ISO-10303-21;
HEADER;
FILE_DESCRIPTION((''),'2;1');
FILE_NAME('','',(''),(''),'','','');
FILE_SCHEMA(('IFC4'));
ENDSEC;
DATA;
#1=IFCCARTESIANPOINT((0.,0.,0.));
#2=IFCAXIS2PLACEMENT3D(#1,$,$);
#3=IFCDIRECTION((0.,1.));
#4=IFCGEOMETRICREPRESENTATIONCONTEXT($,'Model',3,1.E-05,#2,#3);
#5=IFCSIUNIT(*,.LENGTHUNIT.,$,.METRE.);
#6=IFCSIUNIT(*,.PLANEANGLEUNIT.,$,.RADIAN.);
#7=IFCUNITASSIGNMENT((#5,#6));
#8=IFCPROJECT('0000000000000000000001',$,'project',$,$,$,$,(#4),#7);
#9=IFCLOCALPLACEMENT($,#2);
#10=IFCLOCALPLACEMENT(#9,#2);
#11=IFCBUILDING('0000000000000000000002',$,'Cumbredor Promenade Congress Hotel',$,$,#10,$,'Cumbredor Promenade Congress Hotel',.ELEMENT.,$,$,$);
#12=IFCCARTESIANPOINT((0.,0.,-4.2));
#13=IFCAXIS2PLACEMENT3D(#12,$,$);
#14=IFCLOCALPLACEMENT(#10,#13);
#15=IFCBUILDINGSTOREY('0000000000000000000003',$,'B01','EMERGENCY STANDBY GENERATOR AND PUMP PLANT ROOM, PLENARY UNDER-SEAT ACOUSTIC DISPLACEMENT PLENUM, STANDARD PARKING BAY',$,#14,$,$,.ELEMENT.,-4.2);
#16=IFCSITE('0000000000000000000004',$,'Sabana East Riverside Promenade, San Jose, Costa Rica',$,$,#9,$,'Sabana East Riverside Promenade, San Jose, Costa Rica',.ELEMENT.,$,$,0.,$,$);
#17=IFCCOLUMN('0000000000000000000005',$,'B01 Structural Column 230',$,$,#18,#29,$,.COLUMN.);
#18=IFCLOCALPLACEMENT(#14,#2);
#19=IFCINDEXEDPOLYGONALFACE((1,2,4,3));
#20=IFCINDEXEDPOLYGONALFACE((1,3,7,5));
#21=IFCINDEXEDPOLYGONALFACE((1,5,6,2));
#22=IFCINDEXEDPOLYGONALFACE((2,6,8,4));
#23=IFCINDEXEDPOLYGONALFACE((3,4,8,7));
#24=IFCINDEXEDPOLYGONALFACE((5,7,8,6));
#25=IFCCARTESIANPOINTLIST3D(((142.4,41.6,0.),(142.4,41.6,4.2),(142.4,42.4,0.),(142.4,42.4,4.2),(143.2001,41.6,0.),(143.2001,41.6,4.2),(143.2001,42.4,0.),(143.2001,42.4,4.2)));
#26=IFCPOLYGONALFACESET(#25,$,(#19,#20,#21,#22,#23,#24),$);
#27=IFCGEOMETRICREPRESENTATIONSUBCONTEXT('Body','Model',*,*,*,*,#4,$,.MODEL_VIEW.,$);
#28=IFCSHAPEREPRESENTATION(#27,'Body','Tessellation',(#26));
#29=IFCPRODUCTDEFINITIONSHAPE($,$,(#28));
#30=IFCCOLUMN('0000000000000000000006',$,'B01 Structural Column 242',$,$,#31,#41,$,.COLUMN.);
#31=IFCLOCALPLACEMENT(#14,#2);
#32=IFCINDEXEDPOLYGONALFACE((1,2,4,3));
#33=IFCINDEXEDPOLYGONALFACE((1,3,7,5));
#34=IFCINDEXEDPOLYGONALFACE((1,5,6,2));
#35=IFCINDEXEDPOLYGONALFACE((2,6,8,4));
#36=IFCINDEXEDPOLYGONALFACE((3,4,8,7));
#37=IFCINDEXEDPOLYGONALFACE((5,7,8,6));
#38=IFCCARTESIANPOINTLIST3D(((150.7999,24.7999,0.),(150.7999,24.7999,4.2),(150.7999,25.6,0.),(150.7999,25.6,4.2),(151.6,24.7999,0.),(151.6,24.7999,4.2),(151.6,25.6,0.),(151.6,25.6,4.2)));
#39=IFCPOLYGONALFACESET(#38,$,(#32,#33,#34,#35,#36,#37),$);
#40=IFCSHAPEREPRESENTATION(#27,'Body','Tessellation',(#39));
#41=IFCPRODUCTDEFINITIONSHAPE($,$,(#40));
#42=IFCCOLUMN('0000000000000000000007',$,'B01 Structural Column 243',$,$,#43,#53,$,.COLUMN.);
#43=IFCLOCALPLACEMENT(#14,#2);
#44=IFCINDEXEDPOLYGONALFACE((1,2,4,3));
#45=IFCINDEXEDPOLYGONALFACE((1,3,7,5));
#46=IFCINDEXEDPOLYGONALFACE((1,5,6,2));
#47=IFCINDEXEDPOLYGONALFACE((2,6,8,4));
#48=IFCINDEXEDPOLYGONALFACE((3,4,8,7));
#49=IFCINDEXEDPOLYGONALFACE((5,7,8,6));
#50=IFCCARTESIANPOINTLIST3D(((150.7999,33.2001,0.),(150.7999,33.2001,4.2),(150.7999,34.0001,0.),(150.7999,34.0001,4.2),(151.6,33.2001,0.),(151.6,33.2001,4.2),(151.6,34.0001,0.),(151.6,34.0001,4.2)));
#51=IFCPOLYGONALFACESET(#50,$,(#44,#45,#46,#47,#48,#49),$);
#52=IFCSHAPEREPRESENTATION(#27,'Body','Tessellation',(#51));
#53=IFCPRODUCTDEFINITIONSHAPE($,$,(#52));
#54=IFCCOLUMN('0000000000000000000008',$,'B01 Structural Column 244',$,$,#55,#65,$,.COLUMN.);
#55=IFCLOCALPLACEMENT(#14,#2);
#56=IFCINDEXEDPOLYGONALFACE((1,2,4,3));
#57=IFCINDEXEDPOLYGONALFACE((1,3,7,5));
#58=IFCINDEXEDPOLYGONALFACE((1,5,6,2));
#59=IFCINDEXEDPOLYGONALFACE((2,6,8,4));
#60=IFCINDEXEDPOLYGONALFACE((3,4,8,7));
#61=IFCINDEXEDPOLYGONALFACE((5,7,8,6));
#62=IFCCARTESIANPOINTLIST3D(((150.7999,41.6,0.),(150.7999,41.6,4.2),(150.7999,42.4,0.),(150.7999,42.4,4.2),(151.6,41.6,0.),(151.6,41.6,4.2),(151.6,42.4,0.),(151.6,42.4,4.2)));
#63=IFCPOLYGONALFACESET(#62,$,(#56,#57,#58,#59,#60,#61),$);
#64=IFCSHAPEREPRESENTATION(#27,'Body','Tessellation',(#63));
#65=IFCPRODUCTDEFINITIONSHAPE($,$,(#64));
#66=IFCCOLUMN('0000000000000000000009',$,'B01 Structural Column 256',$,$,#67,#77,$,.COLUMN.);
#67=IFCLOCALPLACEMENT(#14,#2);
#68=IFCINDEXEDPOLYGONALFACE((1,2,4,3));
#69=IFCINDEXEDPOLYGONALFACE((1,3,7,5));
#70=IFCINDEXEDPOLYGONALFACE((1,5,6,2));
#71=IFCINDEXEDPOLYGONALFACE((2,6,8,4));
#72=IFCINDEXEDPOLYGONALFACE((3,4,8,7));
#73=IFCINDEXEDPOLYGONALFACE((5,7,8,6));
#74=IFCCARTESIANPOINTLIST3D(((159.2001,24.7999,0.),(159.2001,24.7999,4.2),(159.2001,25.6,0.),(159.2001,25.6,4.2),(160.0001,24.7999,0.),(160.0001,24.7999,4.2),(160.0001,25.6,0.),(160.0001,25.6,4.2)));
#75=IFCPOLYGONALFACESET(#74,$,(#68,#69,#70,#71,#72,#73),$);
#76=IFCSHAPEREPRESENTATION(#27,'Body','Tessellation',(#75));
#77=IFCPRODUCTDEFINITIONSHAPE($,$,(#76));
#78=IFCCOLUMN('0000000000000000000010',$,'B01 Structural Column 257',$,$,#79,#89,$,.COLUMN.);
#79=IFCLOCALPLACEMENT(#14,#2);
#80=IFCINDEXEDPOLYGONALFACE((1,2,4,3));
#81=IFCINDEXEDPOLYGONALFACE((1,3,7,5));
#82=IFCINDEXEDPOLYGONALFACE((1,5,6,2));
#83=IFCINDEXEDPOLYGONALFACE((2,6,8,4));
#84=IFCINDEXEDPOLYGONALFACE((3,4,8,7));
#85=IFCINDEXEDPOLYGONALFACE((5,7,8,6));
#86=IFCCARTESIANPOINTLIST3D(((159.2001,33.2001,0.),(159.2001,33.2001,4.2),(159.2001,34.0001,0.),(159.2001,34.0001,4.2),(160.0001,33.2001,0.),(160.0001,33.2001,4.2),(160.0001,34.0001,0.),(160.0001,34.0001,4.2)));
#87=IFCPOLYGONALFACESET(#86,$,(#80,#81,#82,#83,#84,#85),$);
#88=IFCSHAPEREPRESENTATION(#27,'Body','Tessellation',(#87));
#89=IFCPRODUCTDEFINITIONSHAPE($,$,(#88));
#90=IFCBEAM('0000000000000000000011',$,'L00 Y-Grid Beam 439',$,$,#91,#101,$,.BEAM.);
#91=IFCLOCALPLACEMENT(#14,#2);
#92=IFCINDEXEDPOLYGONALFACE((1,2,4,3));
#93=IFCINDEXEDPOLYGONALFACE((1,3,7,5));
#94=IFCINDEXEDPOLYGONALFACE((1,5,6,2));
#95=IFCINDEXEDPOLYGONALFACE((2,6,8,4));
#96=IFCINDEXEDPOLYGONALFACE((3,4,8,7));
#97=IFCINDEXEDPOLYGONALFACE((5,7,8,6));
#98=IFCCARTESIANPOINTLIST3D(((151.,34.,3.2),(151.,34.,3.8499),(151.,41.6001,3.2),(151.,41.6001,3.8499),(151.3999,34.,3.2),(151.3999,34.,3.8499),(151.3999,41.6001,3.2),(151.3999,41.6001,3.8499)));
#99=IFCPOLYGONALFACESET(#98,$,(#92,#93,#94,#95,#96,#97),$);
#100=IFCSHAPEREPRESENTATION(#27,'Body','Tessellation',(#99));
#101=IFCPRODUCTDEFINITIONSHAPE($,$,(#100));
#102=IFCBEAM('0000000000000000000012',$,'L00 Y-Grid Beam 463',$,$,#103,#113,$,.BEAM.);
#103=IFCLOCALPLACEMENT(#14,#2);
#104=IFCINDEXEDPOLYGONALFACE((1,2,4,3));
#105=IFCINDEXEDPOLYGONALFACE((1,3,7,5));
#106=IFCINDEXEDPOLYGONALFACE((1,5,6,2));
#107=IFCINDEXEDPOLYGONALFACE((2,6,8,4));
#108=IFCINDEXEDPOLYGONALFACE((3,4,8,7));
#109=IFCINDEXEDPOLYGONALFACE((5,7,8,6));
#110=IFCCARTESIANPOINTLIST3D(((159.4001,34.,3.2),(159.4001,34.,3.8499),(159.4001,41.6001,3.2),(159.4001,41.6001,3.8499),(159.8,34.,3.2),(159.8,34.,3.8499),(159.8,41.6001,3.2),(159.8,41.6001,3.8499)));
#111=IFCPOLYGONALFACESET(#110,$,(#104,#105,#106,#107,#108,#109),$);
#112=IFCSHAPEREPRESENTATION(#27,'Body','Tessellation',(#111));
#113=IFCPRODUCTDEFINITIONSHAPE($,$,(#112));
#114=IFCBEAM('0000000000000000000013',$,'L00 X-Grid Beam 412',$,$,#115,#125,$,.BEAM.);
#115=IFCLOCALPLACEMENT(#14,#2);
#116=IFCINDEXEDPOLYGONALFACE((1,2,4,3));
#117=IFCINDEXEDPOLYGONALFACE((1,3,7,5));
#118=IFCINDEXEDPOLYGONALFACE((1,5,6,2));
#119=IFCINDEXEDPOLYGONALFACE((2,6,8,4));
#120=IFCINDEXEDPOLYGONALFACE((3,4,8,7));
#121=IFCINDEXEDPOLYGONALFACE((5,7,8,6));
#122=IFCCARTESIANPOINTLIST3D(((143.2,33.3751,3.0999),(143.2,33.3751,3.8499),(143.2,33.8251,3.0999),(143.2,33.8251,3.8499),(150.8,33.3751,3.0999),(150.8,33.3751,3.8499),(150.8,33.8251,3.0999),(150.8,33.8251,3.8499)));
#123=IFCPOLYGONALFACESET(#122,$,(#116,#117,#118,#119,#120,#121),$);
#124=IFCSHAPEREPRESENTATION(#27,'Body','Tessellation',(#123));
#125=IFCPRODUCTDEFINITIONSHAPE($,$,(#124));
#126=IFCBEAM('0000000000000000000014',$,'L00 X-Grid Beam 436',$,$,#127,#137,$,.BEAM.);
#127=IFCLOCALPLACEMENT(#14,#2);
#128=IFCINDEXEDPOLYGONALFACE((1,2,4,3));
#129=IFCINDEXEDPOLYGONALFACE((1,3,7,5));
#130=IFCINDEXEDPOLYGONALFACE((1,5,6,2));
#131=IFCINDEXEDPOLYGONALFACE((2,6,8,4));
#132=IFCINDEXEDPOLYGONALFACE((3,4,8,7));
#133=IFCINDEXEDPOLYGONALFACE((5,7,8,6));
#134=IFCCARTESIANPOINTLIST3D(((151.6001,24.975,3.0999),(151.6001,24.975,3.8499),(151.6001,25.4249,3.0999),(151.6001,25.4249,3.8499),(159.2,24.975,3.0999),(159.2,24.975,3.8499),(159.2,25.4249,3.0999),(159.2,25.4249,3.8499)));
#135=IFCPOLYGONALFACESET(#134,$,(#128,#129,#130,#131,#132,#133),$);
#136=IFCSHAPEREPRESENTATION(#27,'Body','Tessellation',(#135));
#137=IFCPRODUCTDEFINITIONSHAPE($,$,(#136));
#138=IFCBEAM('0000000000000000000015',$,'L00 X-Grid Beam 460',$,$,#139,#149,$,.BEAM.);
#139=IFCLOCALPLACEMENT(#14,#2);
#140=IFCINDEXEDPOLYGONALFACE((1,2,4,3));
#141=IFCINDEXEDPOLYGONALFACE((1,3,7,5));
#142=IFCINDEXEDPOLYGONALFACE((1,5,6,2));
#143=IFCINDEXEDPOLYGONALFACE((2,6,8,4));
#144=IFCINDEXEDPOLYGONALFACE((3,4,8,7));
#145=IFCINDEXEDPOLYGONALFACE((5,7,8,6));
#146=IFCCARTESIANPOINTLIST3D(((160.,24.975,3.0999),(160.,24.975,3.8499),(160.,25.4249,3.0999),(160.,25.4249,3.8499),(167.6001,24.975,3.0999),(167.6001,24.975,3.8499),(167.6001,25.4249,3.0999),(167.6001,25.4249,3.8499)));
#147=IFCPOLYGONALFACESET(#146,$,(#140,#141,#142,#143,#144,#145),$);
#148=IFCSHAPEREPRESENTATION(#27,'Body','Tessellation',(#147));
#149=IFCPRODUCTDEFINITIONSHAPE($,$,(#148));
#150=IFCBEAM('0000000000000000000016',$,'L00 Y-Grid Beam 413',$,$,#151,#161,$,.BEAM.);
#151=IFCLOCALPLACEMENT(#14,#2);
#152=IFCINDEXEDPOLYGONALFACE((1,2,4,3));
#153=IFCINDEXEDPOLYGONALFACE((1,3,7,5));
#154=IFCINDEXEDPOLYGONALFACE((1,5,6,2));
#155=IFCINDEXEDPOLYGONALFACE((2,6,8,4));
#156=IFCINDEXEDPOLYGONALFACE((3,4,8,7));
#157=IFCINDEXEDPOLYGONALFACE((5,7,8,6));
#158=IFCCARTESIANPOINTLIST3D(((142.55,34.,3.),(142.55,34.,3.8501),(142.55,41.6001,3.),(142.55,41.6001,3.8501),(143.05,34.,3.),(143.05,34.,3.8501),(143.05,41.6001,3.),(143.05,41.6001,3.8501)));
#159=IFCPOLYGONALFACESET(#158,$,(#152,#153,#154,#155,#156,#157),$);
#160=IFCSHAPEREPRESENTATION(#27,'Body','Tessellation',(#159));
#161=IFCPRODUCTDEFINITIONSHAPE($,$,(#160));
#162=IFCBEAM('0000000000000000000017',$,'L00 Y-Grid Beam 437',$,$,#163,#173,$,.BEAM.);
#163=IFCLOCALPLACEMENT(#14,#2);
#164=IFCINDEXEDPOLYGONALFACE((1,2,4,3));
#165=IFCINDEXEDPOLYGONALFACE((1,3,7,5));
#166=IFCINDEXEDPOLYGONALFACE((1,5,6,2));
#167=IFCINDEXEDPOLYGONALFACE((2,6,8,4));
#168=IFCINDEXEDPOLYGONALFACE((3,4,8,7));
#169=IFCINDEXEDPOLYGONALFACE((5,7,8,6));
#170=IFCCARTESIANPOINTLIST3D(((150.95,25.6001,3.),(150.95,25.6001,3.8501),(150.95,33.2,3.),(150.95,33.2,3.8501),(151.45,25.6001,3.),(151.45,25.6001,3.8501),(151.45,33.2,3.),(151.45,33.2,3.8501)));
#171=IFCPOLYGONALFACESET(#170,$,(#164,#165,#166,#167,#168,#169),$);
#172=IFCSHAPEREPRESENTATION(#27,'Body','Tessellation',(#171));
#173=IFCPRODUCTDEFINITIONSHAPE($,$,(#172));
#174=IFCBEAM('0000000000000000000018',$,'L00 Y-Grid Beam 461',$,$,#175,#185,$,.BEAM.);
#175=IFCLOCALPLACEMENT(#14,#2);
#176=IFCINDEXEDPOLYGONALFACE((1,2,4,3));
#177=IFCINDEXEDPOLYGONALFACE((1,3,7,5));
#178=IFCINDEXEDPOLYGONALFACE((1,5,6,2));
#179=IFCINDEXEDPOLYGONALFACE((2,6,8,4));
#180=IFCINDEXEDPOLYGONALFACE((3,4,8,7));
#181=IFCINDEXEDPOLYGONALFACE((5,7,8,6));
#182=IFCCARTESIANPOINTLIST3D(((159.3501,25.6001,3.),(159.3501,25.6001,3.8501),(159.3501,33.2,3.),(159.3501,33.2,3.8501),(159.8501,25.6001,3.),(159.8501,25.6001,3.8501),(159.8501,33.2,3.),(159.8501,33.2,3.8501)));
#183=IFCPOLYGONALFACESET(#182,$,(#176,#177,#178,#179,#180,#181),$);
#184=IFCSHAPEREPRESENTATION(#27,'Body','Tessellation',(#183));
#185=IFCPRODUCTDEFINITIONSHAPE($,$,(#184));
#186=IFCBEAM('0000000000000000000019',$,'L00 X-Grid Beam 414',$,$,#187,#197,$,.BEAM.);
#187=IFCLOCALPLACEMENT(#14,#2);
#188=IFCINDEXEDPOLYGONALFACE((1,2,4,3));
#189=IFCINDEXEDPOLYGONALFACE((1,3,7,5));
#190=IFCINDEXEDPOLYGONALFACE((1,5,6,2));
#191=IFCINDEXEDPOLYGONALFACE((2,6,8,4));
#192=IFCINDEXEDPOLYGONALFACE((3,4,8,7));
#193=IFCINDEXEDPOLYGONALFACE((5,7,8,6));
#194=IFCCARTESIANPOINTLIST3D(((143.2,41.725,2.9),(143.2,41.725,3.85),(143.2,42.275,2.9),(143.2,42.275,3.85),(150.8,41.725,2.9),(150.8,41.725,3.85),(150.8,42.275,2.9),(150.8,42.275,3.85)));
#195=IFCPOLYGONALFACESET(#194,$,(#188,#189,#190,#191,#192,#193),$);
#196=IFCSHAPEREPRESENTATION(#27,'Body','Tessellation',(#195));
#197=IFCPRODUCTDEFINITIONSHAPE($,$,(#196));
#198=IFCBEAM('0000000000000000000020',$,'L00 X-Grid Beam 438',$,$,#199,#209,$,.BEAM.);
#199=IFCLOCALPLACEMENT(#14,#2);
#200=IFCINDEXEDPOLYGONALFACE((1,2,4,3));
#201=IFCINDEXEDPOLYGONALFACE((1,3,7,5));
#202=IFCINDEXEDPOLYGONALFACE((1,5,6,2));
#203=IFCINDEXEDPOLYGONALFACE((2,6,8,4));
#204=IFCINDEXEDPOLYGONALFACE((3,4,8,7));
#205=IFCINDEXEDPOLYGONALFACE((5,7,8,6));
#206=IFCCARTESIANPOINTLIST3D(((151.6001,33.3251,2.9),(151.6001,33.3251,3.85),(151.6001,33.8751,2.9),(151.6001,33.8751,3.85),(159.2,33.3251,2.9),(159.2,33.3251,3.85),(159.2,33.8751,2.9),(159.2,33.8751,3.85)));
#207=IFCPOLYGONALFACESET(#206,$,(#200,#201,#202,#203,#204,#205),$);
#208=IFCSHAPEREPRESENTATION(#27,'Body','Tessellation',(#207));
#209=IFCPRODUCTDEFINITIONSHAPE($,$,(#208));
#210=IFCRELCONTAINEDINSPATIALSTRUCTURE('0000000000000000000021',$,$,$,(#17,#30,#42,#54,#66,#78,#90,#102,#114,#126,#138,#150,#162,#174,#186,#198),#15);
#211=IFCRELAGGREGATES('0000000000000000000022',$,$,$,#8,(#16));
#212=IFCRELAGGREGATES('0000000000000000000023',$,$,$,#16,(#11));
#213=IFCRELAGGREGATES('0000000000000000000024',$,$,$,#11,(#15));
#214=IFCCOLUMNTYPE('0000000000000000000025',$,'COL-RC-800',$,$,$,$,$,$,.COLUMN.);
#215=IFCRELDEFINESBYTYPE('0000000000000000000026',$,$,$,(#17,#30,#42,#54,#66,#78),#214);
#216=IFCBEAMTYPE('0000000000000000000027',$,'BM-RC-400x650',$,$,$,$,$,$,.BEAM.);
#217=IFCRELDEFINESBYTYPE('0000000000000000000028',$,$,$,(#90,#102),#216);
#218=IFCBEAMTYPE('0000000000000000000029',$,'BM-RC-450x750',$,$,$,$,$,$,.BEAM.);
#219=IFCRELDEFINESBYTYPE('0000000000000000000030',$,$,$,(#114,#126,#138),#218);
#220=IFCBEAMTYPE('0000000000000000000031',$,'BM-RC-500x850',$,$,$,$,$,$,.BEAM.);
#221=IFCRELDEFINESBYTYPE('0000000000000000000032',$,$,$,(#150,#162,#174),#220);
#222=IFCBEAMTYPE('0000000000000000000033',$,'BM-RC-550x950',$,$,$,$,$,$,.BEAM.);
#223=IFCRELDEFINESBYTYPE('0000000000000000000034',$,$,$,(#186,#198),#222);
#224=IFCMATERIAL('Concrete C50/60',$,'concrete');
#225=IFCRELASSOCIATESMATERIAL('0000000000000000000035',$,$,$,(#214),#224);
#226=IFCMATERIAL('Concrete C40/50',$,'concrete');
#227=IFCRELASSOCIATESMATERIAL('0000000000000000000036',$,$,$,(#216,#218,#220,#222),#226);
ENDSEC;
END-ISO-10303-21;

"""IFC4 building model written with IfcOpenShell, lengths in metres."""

from ifc_helpers import new_model, si_unit, direction, frame, origin, origin_2d, place, context, subcontext, project, spatial, rectangle, extrude, material, material_profile, profile_set, type_object, element, save


model = new_model("IFC4")

# Units and contexts
model_context = context("Model", 3, precision=1e-05, world=origin(), true_north=direction((0.0, 1.0)))
body_context = subcontext(model_context, "Body", "Model", "MODEL_VIEW")
ifc_project = project(units=[si_unit("LENGTHUNIT", "METRE"), si_unit("PLANEANGLEUNIT", "RADIAN")], contexts=[model_context])

# Site, building, storey
site_placement = place(None, origin())
site = spatial("IfcSite", under=ifc_project, at=site_placement, Name="Sabana East Riverside Promenade, San Jose, Costa Rica", LongName="Sabana East Riverside Promenade, San Jose, Costa Rica", CompositionType="ELEMENT", RefElevation=0.0)
building_placement = place(site_placement, origin())
building = spatial("IfcBuilding", under=site, at=building_placement, Name="Cumbredor Promenade Congress Hotel", LongName="Cumbredor Promenade Congress Hotel", CompositionType="ELEMENT")
storey_placement = place(building_placement, frame((0.0, 0.0, -4.2)))
storey = spatial("IfcBuildingStorey", under=building, at=storey_placement, Name="B01", Description="EMERGENCY STANDBY GENERATOR AND PUMP PLANT ROOM, PLENARY UNDER-SEAT ACOUSTIC DISPLACEMENT PLENUM, STANDARD PARKING BAY", CompositionType="ELEMENT", Elevation=-4.2)

# Columns
ifc_material_1 = material(Name="Concrete C50/60", Category="concrete")
ifc_material_profile_1 = material_profile(ifc_material_1, rectangle(XDim=0.8, YDim=0.8, at=origin_2d()), Name="RC 800x800")
ifc_profile_set_1 = profile_set([ifc_material_profile_1], Name="Concrete C50/60")
column_type = type_object("IfcColumnType", Name="COL-RC-800", PredefinedType="COLUMN", material=ifc_profile_set_1)
for number, where, z_axis, x_axis, name in (
    (1, (142.8, 42.0, 0.0), (0.0, 0.0, 1.0), (1.0, 0.0, 0.0), "B01 Structural Column 230"),
    (2, (151.2, 25.2, 0.0), (0.0, 0.0, 1.0), (1.0, 0.0, 0.0), "B01 Structural Column 242"),
    (3, (151.2, 33.6001, 0.0), (0.0, 0.0, 1.0), (1.0, 0.0, 0.0), "B01 Structural Column 243"),
    (4, (151.2, 42.0, 0.0), (0.0, 0.0, 1.0), (1.0, 0.0, 0.0), "B01 Structural Column 244"),
    (5, (159.6001, 25.2, 0.0), (0.0, 0.0, 1.0), (1.0, 0.0, 0.0), "B01 Structural Column 256"),
    (6, (159.6001, 33.6001, 0.0), (0.0, 0.0, 1.0), (1.0, 0.0, 0.0), "B01 Structural Column 257"),
):
    element("IfcColumn", number, at=place(storey_placement, frame(where, z_axis=z_axis, x_axis=x_axis)), inside=storey, type_object=column_type, Name=name, PredefinedType="COLUMN", context=body_context, shape_type="SweptSolid", body=[
        extrude(rectangle(XDim=0.8, YDim=0.8, at=origin_2d()), origin(), (0.0, 0.0, 1.0), 4.2),
    ])

# Beams
ifc_material_2 = material(Name="Concrete C40/50", Category="concrete")
ifc_material_profile_2 = material_profile(ifc_material_2, rectangle(XDim=0.3999, YDim=0.6499, at=origin_2d()), Name="RC BEAM 400x650")
ifc_profile_set_2 = profile_set([ifc_material_profile_2], Name="Concrete C40/50")
beam_type_1 = type_object("IfcBeamType", Name="BM-RC-400x650", PredefinedType="BEAM", material=ifc_profile_set_2)
for number, where, z_axis, x_axis, name in (
    (7, (151.2, 34.0, 3.5249), (0.0, 1.0, 0.0), (-1.0, 0.0, 0.0), "L00 Y-Grid Beam 439"),
    (8, (159.6001, 34.0, 3.5249), (0.0, 1.0, 0.0), (-1.0, 0.0, 0.0), "L00 Y-Grid Beam 463"),
):
    element("IfcBeam", number, at=place(storey_placement, frame(where, z_axis=z_axis, x_axis=x_axis)), inside=storey, type_object=beam_type_1, Name=name, PredefinedType="BEAM", context=body_context, shape_type="SweptSolid", body=[
        extrude(rectangle(XDim=0.3999, YDim=0.6499, at=origin_2d()), origin(), (0.0, 0.0, 1.0), 7.6001),
    ])
ifc_material_profile_3 = material_profile(ifc_material_2, rectangle(XDim=0.45, YDim=0.75, at=origin_2d()), Name="RC BEAM 450x750")
ifc_profile_set_3 = profile_set([ifc_material_profile_3], Name="Concrete C40/50")
beam_type_2 = type_object("IfcBeamType", Name="BM-RC-450x750", PredefinedType="BEAM", material=ifc_profile_set_3)
beam_1_placement = place(storey_placement, frame((143.2, 33.6001, 3.4749), z_axis=(1.0, 0.0, 0.0), x_axis=(0.0, 1.0, 0.0)))
element("IfcBeam", 9, at=beam_1_placement, inside=storey, type_object=beam_type_2, Name="L00 X-Grid Beam 412", PredefinedType="BEAM", context=body_context, shape_type="SweptSolid", body=[
    extrude(rectangle(XDim=0.45, YDim=0.75, at=origin_2d()), origin(), (0.0, 0.0, 1.0), 7.6001),
])
beam_2_placement = place(storey_placement, frame((151.6001, 25.2, 3.4749), z_axis=(1.0, 0.0, 0.0), x_axis=(0.0, 1.0, 0.0)))
element("IfcBeam", 10, at=beam_2_placement, inside=storey, type_object=beam_type_2, Name="L00 X-Grid Beam 436", PredefinedType="BEAM", context=body_context, shape_type="SweptSolid", body=[
    extrude(rectangle(XDim=0.45, YDim=0.75, at=origin_2d()), origin(), (0.0, 0.0, 1.0), 7.5999),
])
beam_3_placement = place(storey_placement, frame((160.0, 25.2, 3.4749), z_axis=(1.0, 0.0, 0.0), x_axis=(0.0, 1.0, 0.0)))
element("IfcBeam", 11, at=beam_3_placement, inside=storey, type_object=beam_type_2, Name="L00 X-Grid Beam 460", PredefinedType="BEAM", context=body_context, shape_type="SweptSolid", body=[
    extrude(rectangle(XDim=0.45, YDim=0.75, at=origin_2d()), origin(), (0.0, 0.0, 1.0), 7.6001),
])
ifc_material_profile_4 = material_profile(ifc_material_2, rectangle(XDim=0.5, YDim=0.8501, at=origin_2d()), Name="RC BEAM 500x850")
ifc_profile_set_4 = profile_set([ifc_material_profile_4], Name="Concrete C40/50")
beam_type_3 = type_object("IfcBeamType", Name="BM-RC-500x850", PredefinedType="BEAM", material=ifc_profile_set_4)
beam_4_placement = place(storey_placement, frame((142.8, 34.0, 3.425), z_axis=(0.0, 1.0, 0.0), x_axis=(-1.0, 0.0, 0.0)))
element("IfcBeam", 12, at=beam_4_placement, inside=storey, type_object=beam_type_3, Name="L00 Y-Grid Beam 413", PredefinedType="BEAM", context=body_context, shape_type="SweptSolid", body=[
    extrude(rectangle(XDim=0.5, YDim=0.8501, at=origin_2d()), origin(), (0.0, 0.0, 1.0), 7.6001),
])
for number, where, z_axis, x_axis, name in (
    (13, (151.2, 25.6001, 3.425), (0.0, 1.0, 0.0), (-1.0, 0.0, 0.0), "L00 Y-Grid Beam 437"),
    (14, (159.6001, 25.6001, 3.425), (0.0, 1.0, 0.0), (-1.0, 0.0, 0.0), "L00 Y-Grid Beam 461"),
):
    element("IfcBeam", number, at=place(storey_placement, frame(where, z_axis=z_axis, x_axis=x_axis)), inside=storey, type_object=beam_type_3, Name=name, PredefinedType="BEAM", context=body_context, shape_type="SweptSolid", body=[
        extrude(rectangle(XDim=0.5, YDim=0.8501, at=origin_2d()), origin(), (0.0, 0.0, 1.0), 7.5999),
    ])
ifc_material_profile_5 = material_profile(ifc_material_2, rectangle(XDim=0.55, YDim=0.95, at=origin_2d()), Name="RC BEAM 550x950")
ifc_profile_set_5 = profile_set([ifc_material_profile_5], Name="Concrete C40/50")
beam_type_4 = type_object("IfcBeamType", Name="BM-RC-550x950", PredefinedType="BEAM", material=ifc_profile_set_5)
beam_5_placement = place(storey_placement, frame((143.2, 42.0, 3.375), z_axis=(1.0, 0.0, 0.0), x_axis=(0.0, 1.0, 0.0)))
element("IfcBeam", 15, at=beam_5_placement, inside=storey, type_object=beam_type_4, Name="L00 X-Grid Beam 414", PredefinedType="BEAM", context=body_context, shape_type="SweptSolid", body=[
    extrude(rectangle(XDim=0.55, YDim=0.95, at=origin_2d()), origin(), (0.0, 0.0, 1.0), 7.6001),
])
beam_6_placement = place(storey_placement, frame((151.6001, 33.6001, 3.375), z_axis=(1.0, 0.0, 0.0), x_axis=(0.0, 1.0, 0.0)))
element("IfcBeam", 16, at=beam_6_placement, inside=storey, type_object=beam_type_4, Name="L00 X-Grid Beam 438", PredefinedType="BEAM", context=body_context, shape_type="SweptSolid", body=[
    extrude(rectangle(XDim=0.55, YDim=0.95, at=origin_2d()), origin(), (0.0, 0.0, 1.0), 7.5999),
])

save(model, "model.ifc")
